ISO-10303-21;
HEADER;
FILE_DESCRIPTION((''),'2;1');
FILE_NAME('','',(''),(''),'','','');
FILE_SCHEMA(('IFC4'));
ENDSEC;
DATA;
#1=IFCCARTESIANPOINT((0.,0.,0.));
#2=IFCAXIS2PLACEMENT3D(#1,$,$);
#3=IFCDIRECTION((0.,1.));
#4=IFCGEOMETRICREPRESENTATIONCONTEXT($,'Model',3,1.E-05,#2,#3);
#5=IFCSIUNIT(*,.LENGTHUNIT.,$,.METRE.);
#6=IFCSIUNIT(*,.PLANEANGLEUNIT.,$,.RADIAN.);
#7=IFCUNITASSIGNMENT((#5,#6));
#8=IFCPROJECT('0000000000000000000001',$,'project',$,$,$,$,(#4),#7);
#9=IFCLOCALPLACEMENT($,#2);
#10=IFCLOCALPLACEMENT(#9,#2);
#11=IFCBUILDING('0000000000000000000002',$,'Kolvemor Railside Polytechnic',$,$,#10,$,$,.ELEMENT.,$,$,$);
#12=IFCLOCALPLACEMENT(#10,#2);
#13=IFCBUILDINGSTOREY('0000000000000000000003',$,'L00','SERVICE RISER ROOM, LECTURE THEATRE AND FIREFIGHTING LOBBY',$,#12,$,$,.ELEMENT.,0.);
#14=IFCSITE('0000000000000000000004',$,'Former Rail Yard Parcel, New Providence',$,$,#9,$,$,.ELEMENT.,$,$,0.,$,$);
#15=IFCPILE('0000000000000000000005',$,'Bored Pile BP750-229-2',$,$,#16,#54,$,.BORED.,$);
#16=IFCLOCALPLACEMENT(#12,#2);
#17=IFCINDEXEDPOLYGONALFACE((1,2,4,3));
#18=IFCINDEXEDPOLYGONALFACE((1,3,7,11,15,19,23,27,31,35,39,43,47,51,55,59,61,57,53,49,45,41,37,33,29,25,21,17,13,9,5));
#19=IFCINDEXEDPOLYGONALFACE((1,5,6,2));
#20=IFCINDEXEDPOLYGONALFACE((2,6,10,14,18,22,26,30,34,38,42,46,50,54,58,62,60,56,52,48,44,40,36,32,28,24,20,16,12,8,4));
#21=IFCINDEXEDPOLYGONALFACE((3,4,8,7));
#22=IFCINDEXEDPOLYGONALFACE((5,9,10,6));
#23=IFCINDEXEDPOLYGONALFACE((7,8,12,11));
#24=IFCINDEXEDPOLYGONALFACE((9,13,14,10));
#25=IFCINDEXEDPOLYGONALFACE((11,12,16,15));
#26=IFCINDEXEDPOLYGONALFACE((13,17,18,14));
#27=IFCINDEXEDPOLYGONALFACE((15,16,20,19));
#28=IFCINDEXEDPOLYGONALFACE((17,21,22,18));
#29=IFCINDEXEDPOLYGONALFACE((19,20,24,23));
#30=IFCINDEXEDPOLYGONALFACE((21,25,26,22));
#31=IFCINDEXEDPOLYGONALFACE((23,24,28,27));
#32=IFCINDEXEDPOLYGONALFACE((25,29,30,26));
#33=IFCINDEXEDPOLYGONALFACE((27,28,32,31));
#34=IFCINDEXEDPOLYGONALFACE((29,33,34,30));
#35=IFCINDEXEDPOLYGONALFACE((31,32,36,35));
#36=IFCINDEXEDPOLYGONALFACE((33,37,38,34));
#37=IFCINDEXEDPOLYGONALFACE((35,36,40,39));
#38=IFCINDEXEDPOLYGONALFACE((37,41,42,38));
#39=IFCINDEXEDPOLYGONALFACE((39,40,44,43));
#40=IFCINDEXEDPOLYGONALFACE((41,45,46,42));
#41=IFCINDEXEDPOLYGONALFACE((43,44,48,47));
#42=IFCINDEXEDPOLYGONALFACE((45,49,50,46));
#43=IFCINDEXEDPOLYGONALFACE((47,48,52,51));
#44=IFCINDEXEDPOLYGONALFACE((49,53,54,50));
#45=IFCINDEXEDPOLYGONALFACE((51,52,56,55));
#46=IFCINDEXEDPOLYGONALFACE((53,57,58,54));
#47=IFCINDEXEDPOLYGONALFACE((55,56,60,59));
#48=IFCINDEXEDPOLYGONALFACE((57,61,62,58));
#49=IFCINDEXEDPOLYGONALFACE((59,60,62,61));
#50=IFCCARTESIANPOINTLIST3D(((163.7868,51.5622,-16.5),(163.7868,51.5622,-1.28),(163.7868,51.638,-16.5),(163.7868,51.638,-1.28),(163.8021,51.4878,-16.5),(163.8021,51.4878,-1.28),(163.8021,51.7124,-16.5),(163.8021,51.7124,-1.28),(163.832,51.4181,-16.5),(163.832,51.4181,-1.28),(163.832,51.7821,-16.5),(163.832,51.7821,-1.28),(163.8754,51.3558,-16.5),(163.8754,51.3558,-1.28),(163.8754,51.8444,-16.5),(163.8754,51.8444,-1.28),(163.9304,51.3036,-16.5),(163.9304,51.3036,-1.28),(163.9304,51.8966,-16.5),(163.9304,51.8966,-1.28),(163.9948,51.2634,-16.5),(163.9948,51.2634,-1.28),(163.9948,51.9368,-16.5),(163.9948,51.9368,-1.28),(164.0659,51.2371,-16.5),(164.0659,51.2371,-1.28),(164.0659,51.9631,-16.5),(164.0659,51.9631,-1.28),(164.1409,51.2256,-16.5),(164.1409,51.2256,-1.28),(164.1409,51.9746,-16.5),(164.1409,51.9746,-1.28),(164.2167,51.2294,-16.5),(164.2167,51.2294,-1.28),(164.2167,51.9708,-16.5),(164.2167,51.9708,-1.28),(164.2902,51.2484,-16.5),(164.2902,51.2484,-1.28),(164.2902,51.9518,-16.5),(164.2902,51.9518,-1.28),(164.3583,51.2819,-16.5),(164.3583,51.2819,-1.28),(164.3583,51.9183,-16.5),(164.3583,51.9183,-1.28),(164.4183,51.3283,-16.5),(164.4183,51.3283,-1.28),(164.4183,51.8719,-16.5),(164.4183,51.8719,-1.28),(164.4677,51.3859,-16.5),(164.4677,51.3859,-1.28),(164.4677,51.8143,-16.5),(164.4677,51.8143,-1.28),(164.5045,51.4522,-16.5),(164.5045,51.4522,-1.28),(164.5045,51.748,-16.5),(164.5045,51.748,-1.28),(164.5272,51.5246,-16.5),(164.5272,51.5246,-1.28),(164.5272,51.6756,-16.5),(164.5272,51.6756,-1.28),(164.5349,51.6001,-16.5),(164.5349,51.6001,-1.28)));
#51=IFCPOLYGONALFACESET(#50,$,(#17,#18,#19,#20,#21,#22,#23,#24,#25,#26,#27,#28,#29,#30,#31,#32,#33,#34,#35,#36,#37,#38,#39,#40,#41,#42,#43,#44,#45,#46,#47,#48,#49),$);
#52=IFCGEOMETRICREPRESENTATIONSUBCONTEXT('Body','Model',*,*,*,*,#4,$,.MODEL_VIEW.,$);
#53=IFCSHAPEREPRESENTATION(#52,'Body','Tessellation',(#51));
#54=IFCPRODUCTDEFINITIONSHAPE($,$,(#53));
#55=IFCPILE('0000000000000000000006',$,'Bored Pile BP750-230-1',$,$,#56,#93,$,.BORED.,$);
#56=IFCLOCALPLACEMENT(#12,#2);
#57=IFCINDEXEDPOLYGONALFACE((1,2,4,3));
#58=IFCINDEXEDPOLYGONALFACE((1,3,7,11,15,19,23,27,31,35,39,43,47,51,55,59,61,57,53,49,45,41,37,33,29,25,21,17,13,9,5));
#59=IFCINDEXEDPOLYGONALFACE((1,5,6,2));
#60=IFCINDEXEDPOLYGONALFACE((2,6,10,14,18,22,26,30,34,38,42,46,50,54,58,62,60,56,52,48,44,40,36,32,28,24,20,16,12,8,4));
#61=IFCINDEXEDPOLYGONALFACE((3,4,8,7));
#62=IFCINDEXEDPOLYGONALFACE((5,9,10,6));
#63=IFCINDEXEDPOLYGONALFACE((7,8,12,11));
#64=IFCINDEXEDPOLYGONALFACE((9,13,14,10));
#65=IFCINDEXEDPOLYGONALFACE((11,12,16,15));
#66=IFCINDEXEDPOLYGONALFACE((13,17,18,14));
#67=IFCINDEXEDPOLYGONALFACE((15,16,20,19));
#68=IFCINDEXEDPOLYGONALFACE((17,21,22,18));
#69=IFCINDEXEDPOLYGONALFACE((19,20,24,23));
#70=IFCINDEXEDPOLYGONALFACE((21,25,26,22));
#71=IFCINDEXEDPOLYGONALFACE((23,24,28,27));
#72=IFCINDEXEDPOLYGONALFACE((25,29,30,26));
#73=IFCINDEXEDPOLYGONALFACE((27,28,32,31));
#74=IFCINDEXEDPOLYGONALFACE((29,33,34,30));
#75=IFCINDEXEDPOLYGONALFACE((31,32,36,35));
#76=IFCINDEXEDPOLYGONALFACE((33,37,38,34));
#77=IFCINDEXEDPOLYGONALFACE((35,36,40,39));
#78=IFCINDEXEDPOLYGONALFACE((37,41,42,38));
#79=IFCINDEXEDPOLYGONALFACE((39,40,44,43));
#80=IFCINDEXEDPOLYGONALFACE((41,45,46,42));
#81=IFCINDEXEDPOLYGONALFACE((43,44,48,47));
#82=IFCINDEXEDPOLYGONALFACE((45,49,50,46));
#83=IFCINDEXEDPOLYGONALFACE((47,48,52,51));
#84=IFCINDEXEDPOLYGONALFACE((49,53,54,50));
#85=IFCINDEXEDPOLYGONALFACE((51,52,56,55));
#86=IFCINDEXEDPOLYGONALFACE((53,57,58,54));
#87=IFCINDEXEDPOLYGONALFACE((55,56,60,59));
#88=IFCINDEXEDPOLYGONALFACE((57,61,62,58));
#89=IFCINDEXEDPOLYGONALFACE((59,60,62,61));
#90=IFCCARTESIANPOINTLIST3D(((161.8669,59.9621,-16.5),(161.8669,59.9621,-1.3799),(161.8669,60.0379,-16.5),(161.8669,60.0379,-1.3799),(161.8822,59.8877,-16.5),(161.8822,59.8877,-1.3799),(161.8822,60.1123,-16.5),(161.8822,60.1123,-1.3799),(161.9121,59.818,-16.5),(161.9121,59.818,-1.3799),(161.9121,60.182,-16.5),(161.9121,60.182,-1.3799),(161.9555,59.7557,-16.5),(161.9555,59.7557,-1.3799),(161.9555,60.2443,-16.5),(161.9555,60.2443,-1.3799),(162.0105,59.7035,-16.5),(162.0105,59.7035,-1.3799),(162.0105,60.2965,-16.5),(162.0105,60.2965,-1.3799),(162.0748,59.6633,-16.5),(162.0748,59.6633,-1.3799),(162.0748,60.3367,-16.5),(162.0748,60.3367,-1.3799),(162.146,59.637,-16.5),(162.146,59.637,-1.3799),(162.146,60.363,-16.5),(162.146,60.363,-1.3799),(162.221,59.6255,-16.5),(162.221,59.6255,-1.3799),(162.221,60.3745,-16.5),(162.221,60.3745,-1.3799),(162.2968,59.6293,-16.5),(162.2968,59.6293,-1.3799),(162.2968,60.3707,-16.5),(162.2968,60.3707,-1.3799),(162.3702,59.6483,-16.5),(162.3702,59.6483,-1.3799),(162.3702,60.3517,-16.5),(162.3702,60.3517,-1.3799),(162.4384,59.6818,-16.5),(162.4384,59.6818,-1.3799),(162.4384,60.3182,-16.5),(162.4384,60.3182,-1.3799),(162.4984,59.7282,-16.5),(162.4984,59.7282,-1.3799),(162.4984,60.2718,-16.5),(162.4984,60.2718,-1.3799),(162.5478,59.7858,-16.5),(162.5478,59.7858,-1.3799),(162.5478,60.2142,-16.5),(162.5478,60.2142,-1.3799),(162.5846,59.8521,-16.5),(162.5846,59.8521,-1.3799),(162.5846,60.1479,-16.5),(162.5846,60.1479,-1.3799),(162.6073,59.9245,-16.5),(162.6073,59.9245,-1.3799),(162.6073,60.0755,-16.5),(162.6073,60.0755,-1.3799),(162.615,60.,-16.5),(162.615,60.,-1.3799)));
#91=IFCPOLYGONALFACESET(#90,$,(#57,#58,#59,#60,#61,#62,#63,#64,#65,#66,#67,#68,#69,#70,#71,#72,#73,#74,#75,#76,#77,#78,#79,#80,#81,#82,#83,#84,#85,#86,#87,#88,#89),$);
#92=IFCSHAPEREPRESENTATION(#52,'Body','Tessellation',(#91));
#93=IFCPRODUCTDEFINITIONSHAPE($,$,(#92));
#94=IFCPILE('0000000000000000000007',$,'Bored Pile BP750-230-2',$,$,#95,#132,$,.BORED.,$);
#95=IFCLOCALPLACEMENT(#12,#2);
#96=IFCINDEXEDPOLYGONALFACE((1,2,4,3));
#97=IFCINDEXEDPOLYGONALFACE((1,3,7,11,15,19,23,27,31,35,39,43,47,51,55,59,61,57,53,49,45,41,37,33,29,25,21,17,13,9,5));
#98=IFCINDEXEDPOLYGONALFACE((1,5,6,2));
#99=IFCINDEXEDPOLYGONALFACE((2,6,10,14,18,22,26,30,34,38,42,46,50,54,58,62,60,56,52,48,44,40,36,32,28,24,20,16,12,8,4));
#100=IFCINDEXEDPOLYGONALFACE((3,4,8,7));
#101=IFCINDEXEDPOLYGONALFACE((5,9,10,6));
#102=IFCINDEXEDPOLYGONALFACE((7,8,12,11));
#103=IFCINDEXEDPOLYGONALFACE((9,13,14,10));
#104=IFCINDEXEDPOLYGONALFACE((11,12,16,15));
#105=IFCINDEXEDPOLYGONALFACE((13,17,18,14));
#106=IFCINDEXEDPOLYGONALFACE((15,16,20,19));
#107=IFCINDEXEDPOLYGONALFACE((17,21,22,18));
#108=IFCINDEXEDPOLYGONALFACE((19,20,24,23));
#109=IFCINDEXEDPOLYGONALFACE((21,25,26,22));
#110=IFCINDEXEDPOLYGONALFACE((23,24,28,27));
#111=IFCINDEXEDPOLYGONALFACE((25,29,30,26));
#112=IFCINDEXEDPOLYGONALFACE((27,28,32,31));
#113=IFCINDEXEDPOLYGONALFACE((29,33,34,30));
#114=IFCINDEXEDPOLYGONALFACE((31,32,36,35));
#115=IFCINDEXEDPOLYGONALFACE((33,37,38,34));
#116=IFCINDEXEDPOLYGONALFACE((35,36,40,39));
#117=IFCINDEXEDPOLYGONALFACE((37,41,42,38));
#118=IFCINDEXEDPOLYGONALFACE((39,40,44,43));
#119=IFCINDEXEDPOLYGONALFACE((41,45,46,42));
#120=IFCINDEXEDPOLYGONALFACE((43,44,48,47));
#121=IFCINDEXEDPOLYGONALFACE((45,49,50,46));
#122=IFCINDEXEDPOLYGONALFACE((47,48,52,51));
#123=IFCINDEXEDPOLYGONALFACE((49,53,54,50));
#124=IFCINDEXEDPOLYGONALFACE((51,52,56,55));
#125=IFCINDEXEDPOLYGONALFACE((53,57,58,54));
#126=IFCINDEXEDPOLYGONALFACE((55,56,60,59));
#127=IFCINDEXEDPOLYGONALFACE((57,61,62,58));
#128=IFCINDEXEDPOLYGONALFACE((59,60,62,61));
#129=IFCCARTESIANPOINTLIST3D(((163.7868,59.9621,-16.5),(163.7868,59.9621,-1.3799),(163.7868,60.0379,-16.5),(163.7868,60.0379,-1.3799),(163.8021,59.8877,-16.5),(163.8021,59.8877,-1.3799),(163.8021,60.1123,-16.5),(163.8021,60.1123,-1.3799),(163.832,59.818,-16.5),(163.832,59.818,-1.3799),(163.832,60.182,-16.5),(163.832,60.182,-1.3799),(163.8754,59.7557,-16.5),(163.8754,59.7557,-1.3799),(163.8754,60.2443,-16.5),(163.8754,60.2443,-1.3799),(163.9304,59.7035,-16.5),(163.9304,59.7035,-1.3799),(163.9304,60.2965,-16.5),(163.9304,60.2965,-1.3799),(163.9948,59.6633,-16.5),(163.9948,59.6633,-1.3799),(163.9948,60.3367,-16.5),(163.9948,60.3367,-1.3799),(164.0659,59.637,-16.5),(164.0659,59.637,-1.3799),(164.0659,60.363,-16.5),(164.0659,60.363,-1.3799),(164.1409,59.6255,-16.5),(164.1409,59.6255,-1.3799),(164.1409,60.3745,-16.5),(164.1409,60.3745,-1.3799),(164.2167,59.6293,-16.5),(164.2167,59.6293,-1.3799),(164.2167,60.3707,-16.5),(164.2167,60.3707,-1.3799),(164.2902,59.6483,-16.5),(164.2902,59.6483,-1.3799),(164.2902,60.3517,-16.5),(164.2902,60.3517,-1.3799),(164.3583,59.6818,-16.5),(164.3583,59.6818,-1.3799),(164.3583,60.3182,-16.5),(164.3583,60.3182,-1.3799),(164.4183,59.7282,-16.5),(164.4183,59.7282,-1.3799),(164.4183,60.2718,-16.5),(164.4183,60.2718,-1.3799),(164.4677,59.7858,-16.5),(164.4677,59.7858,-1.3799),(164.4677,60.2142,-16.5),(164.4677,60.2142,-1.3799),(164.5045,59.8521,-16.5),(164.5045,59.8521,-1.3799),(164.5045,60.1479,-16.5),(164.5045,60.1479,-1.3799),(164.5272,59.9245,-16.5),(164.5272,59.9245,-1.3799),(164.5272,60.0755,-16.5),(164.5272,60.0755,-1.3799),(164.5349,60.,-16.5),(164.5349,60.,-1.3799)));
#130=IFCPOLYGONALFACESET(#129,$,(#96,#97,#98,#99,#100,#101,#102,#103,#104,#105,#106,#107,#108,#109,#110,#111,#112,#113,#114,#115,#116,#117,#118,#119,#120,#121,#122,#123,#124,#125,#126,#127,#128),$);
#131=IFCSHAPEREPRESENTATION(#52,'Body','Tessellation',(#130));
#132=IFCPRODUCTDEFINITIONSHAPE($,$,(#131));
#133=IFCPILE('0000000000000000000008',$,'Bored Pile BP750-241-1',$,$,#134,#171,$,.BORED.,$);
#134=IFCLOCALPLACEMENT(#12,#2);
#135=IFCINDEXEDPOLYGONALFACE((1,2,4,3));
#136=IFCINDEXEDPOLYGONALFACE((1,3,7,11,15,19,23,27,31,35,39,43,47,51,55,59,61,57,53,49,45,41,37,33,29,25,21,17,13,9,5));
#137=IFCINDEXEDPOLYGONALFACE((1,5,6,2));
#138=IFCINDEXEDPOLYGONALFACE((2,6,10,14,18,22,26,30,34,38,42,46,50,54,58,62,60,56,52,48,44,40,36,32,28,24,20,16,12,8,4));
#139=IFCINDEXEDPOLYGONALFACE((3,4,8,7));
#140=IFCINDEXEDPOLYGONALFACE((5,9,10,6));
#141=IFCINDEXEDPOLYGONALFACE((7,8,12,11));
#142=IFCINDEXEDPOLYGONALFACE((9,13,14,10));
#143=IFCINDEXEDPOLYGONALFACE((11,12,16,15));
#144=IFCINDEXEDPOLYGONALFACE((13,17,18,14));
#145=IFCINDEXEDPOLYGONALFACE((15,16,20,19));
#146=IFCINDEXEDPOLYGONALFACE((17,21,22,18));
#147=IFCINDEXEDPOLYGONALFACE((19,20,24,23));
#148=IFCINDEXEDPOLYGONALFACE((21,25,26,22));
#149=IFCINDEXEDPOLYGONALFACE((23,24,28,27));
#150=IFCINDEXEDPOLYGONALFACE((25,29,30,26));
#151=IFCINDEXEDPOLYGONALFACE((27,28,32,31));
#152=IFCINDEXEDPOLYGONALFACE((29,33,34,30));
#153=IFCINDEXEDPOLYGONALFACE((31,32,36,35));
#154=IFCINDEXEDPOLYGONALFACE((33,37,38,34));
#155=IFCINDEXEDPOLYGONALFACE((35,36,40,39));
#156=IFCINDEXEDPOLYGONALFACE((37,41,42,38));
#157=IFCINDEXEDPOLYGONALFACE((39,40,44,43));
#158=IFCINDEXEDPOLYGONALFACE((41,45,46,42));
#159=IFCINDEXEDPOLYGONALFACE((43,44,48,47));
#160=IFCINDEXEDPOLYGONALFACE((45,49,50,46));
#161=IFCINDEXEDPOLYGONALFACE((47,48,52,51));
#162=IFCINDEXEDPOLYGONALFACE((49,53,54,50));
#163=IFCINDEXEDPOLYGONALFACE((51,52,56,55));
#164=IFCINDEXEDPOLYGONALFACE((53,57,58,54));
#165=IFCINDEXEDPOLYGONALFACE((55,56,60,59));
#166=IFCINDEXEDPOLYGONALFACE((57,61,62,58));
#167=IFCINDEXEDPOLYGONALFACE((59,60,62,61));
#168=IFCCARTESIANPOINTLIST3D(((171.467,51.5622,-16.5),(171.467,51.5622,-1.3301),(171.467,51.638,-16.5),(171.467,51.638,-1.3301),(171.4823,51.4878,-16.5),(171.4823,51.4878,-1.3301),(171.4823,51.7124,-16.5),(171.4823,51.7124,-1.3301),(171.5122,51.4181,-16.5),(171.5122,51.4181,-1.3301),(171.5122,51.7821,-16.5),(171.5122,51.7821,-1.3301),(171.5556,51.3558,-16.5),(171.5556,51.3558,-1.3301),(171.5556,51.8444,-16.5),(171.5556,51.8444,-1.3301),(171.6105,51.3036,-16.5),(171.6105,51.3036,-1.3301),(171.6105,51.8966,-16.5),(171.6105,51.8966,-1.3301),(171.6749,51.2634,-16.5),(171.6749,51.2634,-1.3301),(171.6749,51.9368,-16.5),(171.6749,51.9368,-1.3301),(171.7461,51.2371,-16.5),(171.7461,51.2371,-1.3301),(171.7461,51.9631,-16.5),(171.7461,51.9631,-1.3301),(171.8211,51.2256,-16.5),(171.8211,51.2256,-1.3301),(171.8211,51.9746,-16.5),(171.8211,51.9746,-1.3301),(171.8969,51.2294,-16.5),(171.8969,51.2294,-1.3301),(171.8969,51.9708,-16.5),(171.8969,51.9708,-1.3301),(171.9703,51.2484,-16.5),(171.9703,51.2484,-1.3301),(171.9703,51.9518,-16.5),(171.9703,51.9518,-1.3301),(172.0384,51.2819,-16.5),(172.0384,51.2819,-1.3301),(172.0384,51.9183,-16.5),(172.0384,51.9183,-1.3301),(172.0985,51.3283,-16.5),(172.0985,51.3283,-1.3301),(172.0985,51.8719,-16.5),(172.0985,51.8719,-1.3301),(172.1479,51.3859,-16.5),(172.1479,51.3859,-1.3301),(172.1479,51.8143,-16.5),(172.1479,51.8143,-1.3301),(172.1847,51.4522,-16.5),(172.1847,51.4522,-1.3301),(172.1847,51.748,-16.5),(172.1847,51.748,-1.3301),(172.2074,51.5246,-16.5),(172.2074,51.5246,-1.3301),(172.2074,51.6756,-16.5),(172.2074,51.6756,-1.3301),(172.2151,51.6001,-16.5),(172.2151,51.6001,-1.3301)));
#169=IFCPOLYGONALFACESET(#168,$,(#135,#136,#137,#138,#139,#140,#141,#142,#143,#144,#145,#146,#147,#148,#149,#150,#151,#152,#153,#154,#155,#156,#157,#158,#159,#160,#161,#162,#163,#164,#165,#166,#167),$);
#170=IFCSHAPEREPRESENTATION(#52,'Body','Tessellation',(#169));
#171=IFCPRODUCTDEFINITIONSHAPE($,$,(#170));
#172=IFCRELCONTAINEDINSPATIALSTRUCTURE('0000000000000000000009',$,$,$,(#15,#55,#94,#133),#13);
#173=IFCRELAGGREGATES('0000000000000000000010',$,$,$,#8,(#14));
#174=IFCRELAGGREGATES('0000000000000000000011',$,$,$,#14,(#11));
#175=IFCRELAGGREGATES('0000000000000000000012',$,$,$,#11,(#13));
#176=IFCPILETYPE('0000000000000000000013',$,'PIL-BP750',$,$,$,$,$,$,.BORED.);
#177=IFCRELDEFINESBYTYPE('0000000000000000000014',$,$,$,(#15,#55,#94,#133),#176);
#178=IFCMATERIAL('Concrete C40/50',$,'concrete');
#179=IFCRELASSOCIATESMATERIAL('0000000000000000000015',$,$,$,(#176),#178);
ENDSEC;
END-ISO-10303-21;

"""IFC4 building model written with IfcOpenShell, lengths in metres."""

from ifc_helpers import new_model, si_unit, direction, frame, origin, origin_2d, place, context, subcontext, project, spatial, circle, extrude, material, material_profile, profile_set, type_object, element, save


model = new_model("IFC4")

# Units and contexts
model_context = context("Model", 3, precision=1e-05, world=origin(), true_north=direction((0.0, 1.0)))
body_context = subcontext(model_context, "Body", "Model", "MODEL_VIEW")
ifc_project = project(units=[si_unit("LENGTHUNIT", "METRE"), si_unit("PLANEANGLEUNIT", "RADIAN")], contexts=[model_context])

# Site, building, storey
site_placement = place(None, origin())
site = spatial("IfcSite", under=ifc_project, at=site_placement, Name="Former Rail Yard Parcel, New Providence", CompositionType="ELEMENT", RefElevation=0.0)
building_placement = place(site_placement, origin())
building = spatial("IfcBuilding", under=site, at=building_placement, Name="Kolvemor Railside Polytechnic", CompositionType="ELEMENT")
storey_placement = place(building_placement, origin())
storey = spatial("IfcBuildingStorey", under=building, at=storey_placement, Name="L00", Description="SERVICE RISER ROOM, LECTURE THEATRE AND FIREFIGHTING LOBBY", CompositionType="ELEMENT", Elevation=0.0)

# Piles
ifc_material_1 = material(Name="Concrete C40/50", Category="concrete")
ifc_material_profile_1 = material_profile(ifc_material_1, circle(Radius=0.375, at=origin_2d()), Name="BP750")
ifc_profile_set_1 = profile_set([ifc_material_profile_1], Name="Concrete C40/50")
pile_type = type_object("IfcPileType", Name="PIL-BP750", PredefinedType="BORED", material=ifc_profile_set_1)
for number, where, z_axis, x_axis, name in (
    (1, (164.1599, 51.6001, -1.28), (0.0, 0.0, -1.0), (1.0, 0.0, 0.0), "Bored Pile BP750-229-2"),
):
    element("IfcPile", number, at=place(storey_placement, frame(where, z_axis=z_axis, x_axis=x_axis)), inside=storey, type_object=pile_type, Name=name, PredefinedType="BORED", context=body_context, shape_type="SweptSolid", body=[
        extrude(circle(Radius=0.375, at=origin_2d()), origin(), (0.0, 0.0, 1.0), 15.22),
    ])
for number, where, z_axis, x_axis, name in (
    (2, (162.24, 60.0, -1.3799), (0.0, 0.0, -1.0), (1.0, 0.0, 0.0), "Bored Pile BP750-230-1"),
    (3, (164.1599, 60.0, -1.3799), (0.0, 0.0, -1.0), (1.0, 0.0, 0.0), "Bored Pile BP750-230-2"),
):
    element("IfcPile", number, at=place(storey_placement, frame(where, z_axis=z_axis, x_axis=x_axis)), inside=storey, type_object=pile_type, Name=name, PredefinedType="BORED", context=body_context, shape_type="SweptSolid", body=[
        extrude(circle(Radius=0.375, at=origin_2d()), origin(), (0.0, 0.0, 1.0), 15.1201),
    ])
pile_1_placement = place(storey_placement, frame((171.8401, 51.6001, -1.3301), z_axis=(0.0, 0.0, -1.0), x_axis=(1.0, 0.0, 0.0)))
element("IfcPile", 4, at=pile_1_placement, inside=storey, type_object=pile_type, Name="Bored Pile BP750-241-1", PredefinedType="BORED", context=body_context, shape_type="SweptSolid", body=[
    extrude(circle(Radius=0.375, at=origin_2d()), origin(), (0.0, 0.0, 1.0), 15.1699),
])

save(model, "model.ifc")
